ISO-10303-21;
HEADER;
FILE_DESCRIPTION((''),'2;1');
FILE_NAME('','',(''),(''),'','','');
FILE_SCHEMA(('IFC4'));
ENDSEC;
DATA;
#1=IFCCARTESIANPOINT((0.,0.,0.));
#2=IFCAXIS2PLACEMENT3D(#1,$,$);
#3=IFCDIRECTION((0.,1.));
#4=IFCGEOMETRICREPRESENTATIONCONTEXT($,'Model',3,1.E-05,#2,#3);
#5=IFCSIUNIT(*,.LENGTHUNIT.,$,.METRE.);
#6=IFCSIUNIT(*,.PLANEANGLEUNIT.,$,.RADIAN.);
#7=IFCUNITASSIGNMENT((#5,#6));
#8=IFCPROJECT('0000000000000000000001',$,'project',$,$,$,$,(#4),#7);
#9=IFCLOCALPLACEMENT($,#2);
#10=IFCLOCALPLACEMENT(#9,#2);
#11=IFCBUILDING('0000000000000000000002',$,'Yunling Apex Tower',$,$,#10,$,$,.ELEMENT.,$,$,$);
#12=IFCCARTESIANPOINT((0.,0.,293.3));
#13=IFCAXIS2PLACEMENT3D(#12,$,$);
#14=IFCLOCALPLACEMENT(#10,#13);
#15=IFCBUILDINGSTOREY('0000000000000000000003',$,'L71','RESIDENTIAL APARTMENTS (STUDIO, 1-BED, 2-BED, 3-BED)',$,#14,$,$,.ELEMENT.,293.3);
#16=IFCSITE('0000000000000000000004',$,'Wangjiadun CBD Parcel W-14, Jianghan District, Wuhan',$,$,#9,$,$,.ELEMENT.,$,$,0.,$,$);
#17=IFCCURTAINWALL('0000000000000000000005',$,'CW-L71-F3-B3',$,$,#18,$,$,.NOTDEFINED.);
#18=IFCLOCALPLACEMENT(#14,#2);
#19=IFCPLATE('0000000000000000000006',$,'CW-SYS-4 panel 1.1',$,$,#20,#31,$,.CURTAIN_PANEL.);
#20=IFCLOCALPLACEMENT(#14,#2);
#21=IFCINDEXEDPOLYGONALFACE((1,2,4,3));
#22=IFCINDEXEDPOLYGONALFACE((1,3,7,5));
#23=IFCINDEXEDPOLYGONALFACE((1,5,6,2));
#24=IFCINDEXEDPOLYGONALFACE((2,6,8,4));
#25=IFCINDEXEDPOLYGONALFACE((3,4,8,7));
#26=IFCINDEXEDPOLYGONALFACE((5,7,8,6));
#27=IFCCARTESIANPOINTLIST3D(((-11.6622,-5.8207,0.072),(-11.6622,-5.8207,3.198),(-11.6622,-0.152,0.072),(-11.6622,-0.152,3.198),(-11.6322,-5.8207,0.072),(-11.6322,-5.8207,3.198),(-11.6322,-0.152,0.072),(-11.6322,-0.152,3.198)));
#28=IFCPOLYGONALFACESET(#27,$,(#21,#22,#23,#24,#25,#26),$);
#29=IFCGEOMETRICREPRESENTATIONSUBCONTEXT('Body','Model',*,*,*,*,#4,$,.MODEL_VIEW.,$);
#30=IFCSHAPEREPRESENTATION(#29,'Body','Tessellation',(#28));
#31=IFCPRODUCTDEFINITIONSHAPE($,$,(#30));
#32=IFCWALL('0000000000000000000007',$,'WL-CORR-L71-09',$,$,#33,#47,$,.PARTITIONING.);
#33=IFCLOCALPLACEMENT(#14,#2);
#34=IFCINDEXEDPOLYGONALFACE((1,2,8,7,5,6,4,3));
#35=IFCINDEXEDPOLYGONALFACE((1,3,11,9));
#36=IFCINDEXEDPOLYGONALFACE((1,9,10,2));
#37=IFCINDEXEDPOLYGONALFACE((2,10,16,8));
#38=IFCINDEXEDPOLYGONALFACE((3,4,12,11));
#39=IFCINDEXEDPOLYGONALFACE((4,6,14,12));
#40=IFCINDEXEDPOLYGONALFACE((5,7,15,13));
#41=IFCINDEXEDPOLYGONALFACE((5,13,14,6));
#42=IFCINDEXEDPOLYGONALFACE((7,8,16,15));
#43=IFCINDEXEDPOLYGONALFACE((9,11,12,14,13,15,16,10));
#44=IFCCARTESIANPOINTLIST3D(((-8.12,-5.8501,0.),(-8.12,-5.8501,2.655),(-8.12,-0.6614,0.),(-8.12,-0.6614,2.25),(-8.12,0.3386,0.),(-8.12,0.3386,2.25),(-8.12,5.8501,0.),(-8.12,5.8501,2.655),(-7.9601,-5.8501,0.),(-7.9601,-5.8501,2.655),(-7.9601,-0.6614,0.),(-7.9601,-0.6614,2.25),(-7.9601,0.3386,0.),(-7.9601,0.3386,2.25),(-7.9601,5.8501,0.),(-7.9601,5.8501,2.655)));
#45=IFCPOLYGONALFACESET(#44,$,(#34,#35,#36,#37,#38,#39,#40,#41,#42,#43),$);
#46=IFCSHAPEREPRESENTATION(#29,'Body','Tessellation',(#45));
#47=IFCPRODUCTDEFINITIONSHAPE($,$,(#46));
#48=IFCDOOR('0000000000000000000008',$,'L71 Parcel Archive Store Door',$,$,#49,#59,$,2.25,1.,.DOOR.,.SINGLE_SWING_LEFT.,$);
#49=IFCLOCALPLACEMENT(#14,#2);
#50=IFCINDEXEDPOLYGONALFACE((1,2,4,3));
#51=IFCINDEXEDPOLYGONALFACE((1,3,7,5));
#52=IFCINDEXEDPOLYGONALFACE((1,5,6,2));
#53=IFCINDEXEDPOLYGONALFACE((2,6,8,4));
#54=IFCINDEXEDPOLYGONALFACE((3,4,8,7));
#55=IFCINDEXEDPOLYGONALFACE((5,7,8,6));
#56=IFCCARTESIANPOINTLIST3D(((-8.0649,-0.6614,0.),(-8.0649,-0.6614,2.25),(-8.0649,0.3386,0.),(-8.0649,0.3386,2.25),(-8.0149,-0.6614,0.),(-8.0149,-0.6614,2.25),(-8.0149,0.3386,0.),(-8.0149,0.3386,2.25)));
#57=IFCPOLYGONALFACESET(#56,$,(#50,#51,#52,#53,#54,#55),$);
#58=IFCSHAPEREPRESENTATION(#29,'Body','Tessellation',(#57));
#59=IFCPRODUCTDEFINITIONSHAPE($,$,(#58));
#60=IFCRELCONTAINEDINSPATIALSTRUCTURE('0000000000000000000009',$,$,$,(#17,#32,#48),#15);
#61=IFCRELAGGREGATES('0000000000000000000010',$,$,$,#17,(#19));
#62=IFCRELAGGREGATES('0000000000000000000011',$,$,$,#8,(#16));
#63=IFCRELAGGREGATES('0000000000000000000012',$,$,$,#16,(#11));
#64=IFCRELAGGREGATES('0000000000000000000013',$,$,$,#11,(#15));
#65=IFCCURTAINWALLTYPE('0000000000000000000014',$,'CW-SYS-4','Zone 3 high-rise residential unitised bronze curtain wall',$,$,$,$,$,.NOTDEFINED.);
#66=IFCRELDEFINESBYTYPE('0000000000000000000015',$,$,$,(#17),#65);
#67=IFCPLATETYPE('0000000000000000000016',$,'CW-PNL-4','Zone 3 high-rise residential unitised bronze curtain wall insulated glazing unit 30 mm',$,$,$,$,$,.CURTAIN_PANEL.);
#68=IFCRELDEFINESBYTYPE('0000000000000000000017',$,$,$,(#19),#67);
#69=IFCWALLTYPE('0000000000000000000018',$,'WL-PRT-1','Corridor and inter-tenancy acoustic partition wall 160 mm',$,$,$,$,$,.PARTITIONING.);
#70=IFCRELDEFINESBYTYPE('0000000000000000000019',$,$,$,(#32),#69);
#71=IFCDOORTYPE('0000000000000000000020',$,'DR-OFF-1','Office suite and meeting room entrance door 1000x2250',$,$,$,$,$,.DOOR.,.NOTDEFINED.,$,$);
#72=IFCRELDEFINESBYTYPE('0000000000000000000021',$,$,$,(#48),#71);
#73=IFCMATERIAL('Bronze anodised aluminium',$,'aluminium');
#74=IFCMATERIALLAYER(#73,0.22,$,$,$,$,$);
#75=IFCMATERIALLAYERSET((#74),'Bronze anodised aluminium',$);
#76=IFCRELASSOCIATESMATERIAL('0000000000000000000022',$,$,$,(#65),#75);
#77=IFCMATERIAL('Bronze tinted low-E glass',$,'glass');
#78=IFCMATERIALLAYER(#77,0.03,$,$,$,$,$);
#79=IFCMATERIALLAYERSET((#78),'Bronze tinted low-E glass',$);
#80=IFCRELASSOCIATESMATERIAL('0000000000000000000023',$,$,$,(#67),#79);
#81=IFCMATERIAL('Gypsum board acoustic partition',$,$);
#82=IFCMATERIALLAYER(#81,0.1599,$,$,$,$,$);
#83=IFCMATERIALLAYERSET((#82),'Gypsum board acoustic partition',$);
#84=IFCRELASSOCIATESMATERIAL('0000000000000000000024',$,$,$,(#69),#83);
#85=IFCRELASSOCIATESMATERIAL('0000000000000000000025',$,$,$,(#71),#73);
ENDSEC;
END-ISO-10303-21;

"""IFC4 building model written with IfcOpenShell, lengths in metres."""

from ifc_helpers import new_model, si_unit, direction, frame, frame_2d, origin, origin_2d, place, context, subcontext, project, spatial, rectangle, extrude, source, transform, mapped, material, layer, layer_set, type_object, element, fill, aggregate, save


model = new_model("IFC4")

# Units and contexts
model_context = context("Model", 3, precision=1e-05, world=origin(), true_north=direction((0.0, 1.0)))
body_context = subcontext(model_context, "Body", "Model", "MODEL_VIEW")
ifc_project = project(units=[si_unit("LENGTHUNIT", "METRE"), si_unit("PLANEANGLEUNIT", "RADIAN")], contexts=[model_context])

# Site, building, storey
site_placement = place(None, origin())
site = spatial("IfcSite", under=ifc_project, at=site_placement, Name="Wangjiadun CBD Parcel W-14, Jianghan District, Wuhan", CompositionType="ELEMENT", RefElevation=0.0)
building_placement = place(site_placement, origin())
building = spatial("IfcBuilding", under=site, at=building_placement, Name="Yunling Apex Tower", CompositionType="ELEMENT")
storey_placement = place(building_placement, frame((0.0, 0.0, 293.3)))
storey = spatial("IfcBuildingStorey", under=building, at=storey_placement, Name="L71", Description="RESIDENTIAL APARTMENTS (STUDIO, 1-BED, 2-BED, 3-BED)", CompositionType="ELEMENT", Elevation=293.3)

# Curtain wall
ifc_material_1 = material(Name="Bronze anodised aluminium", Category="aluminium")
ifc_layer_1 = layer(ifc_material_1, 0.22)
ifc_layer_set_1 = layer_set([ifc_layer_1], Name="Bronze anodised aluminium")
curtain_wall_type = type_object("IfcCurtainWallType", Name="CW-SYS-4", Description="Zone 3 high-rise residential unitised bronze curtain wall", PredefinedType="NOTDEFINED", material=ifc_layer_set_1)
curtain_wall_1_placement = place(storey_placement, origin())
curtain_wall_1 = element("IfcCurtainWall", 1, at=curtain_wall_1_placement, inside=storey, type_object=curtain_wall_type, Name="CW-L71-F3-B3", PredefinedType="NOTDEFINED")

# Plate
ifc_material_2 = material(Name="Bronze tinted low-E glass", Category="glass")
ifc_layer_2 = layer(ifc_material_2, 0.03)
ifc_layer_set_2 = layer_set([ifc_layer_2], Name="Bronze tinted low-E glass")
plate_type = type_object("IfcPlateType", Name="CW-PNL-4", Description="Zone 3 high-rise residential unitised bronze curtain wall insulated glazing unit 30 mm", PredefinedType="CURTAIN_PANEL", material=ifc_layer_set_2)
shared_shape_1 = source(origin(), body_context, "Body", "SweptSolid", [
    extrude(rectangle(XDim=5.6687, YDim=0.03, at=origin_2d()), origin(), (0.0, 0.0, 1.0), 3.126),
])
plate_placement = place(storey_placement, frame((-11.6472, -2.9863, 0.072), z_axis=(0.0, 0.0, 1.0), x_axis=(0.0, -1.0, 0.0)))
plate = element("IfcPlate", 2, at=plate_placement, type_object=plate_type, Name="CW-SYS-4 panel 1.1", PredefinedType="CURTAIN_PANEL", context=body_context, shape_type="MappedRepresentation", body=[
    mapped(shared_shape_1, transform((0.0, 0.0, 0.0), scale=1.0)),
])
aggregate(curtain_wall_1, [plate])

# Wall, opening, door
ifc_material_3 = material(Name="Gypsum board acoustic partition")
ifc_layer_3 = layer(ifc_material_3, 0.1599)
ifc_layer_set_3 = layer_set([ifc_layer_3], Name="Gypsum board acoustic partition")
wall_type = type_object("IfcWallType", Name="WL-PRT-1", Description="Corridor and inter-tenancy acoustic partition wall 160 mm", PredefinedType="PARTITIONING", material=ifc_layer_set_3)
wall_placement = place(storey_placement, frame((-8.04, -5.8501, 0.0), z_axis=(0.0, 0.0, 1.0), x_axis=(0.0, 1.0, 0.0)))
wall = element("IfcWall", 3, at=wall_placement, inside=storey, type_object=wall_type, Name="WL-CORR-L71-09", PredefinedType="PARTITIONING", context=body_context, shape_type="SweptSolid", body=[
    extrude(rectangle(XDim=11.7002, YDim=0.1599, at=frame_2d((5.8501, 0.0))), origin(), (0.0, 0.0, 1.0), 2.655),
])
opening_placement = place(wall_placement, frame((5.1887, 0.0, 0.0)))
opening = element("IfcOpeningElement", 4, at=opening_placement, cuts=wall, PredefinedType="OPENING", context=body_context, shape_type="SweptSolid", body=[
    extrude(rectangle(XDim=1.0, YDim=2.25, at=frame_2d((0.5, 1.125))), frame((0.0, 0.0898, 0.0), z_axis=(0.0, -1.0, 0.0), x_axis=(1.0, 0.0, 0.0)), (0.0, 0.0, 1.0), 0.1799),
])
door_type = type_object("IfcDoorType", Name="DR-OFF-1", Description="Office suite and meeting room entrance door 1000x2250", OperationType="NOTDEFINED", PredefinedType="DOOR", material=ifc_material_1)
door_placement = place(opening_placement, origin())
door = element("IfcDoor", 5, at=door_placement, inside=storey, type_object=door_type, Name="L71 Parcel Archive Store Door", OperationType="SINGLE_SWING_LEFT", OverallHeight=2.25, OverallWidth=1.0, PredefinedType="DOOR", context=body_context, shape_type="SweptSolid", body=[
    extrude(rectangle(XDim=1.0, YDim=2.25, at=frame_2d((0.5, 1.125))), frame((0.0, 0.0249, 0.0), z_axis=(0.0, -1.0, 0.0), x_axis=(1.0, 0.0, 0.0)), (0.0, 0.0, 1.0), 0.05),
])
fill(opening, door)

save(model, "model.ifc")
